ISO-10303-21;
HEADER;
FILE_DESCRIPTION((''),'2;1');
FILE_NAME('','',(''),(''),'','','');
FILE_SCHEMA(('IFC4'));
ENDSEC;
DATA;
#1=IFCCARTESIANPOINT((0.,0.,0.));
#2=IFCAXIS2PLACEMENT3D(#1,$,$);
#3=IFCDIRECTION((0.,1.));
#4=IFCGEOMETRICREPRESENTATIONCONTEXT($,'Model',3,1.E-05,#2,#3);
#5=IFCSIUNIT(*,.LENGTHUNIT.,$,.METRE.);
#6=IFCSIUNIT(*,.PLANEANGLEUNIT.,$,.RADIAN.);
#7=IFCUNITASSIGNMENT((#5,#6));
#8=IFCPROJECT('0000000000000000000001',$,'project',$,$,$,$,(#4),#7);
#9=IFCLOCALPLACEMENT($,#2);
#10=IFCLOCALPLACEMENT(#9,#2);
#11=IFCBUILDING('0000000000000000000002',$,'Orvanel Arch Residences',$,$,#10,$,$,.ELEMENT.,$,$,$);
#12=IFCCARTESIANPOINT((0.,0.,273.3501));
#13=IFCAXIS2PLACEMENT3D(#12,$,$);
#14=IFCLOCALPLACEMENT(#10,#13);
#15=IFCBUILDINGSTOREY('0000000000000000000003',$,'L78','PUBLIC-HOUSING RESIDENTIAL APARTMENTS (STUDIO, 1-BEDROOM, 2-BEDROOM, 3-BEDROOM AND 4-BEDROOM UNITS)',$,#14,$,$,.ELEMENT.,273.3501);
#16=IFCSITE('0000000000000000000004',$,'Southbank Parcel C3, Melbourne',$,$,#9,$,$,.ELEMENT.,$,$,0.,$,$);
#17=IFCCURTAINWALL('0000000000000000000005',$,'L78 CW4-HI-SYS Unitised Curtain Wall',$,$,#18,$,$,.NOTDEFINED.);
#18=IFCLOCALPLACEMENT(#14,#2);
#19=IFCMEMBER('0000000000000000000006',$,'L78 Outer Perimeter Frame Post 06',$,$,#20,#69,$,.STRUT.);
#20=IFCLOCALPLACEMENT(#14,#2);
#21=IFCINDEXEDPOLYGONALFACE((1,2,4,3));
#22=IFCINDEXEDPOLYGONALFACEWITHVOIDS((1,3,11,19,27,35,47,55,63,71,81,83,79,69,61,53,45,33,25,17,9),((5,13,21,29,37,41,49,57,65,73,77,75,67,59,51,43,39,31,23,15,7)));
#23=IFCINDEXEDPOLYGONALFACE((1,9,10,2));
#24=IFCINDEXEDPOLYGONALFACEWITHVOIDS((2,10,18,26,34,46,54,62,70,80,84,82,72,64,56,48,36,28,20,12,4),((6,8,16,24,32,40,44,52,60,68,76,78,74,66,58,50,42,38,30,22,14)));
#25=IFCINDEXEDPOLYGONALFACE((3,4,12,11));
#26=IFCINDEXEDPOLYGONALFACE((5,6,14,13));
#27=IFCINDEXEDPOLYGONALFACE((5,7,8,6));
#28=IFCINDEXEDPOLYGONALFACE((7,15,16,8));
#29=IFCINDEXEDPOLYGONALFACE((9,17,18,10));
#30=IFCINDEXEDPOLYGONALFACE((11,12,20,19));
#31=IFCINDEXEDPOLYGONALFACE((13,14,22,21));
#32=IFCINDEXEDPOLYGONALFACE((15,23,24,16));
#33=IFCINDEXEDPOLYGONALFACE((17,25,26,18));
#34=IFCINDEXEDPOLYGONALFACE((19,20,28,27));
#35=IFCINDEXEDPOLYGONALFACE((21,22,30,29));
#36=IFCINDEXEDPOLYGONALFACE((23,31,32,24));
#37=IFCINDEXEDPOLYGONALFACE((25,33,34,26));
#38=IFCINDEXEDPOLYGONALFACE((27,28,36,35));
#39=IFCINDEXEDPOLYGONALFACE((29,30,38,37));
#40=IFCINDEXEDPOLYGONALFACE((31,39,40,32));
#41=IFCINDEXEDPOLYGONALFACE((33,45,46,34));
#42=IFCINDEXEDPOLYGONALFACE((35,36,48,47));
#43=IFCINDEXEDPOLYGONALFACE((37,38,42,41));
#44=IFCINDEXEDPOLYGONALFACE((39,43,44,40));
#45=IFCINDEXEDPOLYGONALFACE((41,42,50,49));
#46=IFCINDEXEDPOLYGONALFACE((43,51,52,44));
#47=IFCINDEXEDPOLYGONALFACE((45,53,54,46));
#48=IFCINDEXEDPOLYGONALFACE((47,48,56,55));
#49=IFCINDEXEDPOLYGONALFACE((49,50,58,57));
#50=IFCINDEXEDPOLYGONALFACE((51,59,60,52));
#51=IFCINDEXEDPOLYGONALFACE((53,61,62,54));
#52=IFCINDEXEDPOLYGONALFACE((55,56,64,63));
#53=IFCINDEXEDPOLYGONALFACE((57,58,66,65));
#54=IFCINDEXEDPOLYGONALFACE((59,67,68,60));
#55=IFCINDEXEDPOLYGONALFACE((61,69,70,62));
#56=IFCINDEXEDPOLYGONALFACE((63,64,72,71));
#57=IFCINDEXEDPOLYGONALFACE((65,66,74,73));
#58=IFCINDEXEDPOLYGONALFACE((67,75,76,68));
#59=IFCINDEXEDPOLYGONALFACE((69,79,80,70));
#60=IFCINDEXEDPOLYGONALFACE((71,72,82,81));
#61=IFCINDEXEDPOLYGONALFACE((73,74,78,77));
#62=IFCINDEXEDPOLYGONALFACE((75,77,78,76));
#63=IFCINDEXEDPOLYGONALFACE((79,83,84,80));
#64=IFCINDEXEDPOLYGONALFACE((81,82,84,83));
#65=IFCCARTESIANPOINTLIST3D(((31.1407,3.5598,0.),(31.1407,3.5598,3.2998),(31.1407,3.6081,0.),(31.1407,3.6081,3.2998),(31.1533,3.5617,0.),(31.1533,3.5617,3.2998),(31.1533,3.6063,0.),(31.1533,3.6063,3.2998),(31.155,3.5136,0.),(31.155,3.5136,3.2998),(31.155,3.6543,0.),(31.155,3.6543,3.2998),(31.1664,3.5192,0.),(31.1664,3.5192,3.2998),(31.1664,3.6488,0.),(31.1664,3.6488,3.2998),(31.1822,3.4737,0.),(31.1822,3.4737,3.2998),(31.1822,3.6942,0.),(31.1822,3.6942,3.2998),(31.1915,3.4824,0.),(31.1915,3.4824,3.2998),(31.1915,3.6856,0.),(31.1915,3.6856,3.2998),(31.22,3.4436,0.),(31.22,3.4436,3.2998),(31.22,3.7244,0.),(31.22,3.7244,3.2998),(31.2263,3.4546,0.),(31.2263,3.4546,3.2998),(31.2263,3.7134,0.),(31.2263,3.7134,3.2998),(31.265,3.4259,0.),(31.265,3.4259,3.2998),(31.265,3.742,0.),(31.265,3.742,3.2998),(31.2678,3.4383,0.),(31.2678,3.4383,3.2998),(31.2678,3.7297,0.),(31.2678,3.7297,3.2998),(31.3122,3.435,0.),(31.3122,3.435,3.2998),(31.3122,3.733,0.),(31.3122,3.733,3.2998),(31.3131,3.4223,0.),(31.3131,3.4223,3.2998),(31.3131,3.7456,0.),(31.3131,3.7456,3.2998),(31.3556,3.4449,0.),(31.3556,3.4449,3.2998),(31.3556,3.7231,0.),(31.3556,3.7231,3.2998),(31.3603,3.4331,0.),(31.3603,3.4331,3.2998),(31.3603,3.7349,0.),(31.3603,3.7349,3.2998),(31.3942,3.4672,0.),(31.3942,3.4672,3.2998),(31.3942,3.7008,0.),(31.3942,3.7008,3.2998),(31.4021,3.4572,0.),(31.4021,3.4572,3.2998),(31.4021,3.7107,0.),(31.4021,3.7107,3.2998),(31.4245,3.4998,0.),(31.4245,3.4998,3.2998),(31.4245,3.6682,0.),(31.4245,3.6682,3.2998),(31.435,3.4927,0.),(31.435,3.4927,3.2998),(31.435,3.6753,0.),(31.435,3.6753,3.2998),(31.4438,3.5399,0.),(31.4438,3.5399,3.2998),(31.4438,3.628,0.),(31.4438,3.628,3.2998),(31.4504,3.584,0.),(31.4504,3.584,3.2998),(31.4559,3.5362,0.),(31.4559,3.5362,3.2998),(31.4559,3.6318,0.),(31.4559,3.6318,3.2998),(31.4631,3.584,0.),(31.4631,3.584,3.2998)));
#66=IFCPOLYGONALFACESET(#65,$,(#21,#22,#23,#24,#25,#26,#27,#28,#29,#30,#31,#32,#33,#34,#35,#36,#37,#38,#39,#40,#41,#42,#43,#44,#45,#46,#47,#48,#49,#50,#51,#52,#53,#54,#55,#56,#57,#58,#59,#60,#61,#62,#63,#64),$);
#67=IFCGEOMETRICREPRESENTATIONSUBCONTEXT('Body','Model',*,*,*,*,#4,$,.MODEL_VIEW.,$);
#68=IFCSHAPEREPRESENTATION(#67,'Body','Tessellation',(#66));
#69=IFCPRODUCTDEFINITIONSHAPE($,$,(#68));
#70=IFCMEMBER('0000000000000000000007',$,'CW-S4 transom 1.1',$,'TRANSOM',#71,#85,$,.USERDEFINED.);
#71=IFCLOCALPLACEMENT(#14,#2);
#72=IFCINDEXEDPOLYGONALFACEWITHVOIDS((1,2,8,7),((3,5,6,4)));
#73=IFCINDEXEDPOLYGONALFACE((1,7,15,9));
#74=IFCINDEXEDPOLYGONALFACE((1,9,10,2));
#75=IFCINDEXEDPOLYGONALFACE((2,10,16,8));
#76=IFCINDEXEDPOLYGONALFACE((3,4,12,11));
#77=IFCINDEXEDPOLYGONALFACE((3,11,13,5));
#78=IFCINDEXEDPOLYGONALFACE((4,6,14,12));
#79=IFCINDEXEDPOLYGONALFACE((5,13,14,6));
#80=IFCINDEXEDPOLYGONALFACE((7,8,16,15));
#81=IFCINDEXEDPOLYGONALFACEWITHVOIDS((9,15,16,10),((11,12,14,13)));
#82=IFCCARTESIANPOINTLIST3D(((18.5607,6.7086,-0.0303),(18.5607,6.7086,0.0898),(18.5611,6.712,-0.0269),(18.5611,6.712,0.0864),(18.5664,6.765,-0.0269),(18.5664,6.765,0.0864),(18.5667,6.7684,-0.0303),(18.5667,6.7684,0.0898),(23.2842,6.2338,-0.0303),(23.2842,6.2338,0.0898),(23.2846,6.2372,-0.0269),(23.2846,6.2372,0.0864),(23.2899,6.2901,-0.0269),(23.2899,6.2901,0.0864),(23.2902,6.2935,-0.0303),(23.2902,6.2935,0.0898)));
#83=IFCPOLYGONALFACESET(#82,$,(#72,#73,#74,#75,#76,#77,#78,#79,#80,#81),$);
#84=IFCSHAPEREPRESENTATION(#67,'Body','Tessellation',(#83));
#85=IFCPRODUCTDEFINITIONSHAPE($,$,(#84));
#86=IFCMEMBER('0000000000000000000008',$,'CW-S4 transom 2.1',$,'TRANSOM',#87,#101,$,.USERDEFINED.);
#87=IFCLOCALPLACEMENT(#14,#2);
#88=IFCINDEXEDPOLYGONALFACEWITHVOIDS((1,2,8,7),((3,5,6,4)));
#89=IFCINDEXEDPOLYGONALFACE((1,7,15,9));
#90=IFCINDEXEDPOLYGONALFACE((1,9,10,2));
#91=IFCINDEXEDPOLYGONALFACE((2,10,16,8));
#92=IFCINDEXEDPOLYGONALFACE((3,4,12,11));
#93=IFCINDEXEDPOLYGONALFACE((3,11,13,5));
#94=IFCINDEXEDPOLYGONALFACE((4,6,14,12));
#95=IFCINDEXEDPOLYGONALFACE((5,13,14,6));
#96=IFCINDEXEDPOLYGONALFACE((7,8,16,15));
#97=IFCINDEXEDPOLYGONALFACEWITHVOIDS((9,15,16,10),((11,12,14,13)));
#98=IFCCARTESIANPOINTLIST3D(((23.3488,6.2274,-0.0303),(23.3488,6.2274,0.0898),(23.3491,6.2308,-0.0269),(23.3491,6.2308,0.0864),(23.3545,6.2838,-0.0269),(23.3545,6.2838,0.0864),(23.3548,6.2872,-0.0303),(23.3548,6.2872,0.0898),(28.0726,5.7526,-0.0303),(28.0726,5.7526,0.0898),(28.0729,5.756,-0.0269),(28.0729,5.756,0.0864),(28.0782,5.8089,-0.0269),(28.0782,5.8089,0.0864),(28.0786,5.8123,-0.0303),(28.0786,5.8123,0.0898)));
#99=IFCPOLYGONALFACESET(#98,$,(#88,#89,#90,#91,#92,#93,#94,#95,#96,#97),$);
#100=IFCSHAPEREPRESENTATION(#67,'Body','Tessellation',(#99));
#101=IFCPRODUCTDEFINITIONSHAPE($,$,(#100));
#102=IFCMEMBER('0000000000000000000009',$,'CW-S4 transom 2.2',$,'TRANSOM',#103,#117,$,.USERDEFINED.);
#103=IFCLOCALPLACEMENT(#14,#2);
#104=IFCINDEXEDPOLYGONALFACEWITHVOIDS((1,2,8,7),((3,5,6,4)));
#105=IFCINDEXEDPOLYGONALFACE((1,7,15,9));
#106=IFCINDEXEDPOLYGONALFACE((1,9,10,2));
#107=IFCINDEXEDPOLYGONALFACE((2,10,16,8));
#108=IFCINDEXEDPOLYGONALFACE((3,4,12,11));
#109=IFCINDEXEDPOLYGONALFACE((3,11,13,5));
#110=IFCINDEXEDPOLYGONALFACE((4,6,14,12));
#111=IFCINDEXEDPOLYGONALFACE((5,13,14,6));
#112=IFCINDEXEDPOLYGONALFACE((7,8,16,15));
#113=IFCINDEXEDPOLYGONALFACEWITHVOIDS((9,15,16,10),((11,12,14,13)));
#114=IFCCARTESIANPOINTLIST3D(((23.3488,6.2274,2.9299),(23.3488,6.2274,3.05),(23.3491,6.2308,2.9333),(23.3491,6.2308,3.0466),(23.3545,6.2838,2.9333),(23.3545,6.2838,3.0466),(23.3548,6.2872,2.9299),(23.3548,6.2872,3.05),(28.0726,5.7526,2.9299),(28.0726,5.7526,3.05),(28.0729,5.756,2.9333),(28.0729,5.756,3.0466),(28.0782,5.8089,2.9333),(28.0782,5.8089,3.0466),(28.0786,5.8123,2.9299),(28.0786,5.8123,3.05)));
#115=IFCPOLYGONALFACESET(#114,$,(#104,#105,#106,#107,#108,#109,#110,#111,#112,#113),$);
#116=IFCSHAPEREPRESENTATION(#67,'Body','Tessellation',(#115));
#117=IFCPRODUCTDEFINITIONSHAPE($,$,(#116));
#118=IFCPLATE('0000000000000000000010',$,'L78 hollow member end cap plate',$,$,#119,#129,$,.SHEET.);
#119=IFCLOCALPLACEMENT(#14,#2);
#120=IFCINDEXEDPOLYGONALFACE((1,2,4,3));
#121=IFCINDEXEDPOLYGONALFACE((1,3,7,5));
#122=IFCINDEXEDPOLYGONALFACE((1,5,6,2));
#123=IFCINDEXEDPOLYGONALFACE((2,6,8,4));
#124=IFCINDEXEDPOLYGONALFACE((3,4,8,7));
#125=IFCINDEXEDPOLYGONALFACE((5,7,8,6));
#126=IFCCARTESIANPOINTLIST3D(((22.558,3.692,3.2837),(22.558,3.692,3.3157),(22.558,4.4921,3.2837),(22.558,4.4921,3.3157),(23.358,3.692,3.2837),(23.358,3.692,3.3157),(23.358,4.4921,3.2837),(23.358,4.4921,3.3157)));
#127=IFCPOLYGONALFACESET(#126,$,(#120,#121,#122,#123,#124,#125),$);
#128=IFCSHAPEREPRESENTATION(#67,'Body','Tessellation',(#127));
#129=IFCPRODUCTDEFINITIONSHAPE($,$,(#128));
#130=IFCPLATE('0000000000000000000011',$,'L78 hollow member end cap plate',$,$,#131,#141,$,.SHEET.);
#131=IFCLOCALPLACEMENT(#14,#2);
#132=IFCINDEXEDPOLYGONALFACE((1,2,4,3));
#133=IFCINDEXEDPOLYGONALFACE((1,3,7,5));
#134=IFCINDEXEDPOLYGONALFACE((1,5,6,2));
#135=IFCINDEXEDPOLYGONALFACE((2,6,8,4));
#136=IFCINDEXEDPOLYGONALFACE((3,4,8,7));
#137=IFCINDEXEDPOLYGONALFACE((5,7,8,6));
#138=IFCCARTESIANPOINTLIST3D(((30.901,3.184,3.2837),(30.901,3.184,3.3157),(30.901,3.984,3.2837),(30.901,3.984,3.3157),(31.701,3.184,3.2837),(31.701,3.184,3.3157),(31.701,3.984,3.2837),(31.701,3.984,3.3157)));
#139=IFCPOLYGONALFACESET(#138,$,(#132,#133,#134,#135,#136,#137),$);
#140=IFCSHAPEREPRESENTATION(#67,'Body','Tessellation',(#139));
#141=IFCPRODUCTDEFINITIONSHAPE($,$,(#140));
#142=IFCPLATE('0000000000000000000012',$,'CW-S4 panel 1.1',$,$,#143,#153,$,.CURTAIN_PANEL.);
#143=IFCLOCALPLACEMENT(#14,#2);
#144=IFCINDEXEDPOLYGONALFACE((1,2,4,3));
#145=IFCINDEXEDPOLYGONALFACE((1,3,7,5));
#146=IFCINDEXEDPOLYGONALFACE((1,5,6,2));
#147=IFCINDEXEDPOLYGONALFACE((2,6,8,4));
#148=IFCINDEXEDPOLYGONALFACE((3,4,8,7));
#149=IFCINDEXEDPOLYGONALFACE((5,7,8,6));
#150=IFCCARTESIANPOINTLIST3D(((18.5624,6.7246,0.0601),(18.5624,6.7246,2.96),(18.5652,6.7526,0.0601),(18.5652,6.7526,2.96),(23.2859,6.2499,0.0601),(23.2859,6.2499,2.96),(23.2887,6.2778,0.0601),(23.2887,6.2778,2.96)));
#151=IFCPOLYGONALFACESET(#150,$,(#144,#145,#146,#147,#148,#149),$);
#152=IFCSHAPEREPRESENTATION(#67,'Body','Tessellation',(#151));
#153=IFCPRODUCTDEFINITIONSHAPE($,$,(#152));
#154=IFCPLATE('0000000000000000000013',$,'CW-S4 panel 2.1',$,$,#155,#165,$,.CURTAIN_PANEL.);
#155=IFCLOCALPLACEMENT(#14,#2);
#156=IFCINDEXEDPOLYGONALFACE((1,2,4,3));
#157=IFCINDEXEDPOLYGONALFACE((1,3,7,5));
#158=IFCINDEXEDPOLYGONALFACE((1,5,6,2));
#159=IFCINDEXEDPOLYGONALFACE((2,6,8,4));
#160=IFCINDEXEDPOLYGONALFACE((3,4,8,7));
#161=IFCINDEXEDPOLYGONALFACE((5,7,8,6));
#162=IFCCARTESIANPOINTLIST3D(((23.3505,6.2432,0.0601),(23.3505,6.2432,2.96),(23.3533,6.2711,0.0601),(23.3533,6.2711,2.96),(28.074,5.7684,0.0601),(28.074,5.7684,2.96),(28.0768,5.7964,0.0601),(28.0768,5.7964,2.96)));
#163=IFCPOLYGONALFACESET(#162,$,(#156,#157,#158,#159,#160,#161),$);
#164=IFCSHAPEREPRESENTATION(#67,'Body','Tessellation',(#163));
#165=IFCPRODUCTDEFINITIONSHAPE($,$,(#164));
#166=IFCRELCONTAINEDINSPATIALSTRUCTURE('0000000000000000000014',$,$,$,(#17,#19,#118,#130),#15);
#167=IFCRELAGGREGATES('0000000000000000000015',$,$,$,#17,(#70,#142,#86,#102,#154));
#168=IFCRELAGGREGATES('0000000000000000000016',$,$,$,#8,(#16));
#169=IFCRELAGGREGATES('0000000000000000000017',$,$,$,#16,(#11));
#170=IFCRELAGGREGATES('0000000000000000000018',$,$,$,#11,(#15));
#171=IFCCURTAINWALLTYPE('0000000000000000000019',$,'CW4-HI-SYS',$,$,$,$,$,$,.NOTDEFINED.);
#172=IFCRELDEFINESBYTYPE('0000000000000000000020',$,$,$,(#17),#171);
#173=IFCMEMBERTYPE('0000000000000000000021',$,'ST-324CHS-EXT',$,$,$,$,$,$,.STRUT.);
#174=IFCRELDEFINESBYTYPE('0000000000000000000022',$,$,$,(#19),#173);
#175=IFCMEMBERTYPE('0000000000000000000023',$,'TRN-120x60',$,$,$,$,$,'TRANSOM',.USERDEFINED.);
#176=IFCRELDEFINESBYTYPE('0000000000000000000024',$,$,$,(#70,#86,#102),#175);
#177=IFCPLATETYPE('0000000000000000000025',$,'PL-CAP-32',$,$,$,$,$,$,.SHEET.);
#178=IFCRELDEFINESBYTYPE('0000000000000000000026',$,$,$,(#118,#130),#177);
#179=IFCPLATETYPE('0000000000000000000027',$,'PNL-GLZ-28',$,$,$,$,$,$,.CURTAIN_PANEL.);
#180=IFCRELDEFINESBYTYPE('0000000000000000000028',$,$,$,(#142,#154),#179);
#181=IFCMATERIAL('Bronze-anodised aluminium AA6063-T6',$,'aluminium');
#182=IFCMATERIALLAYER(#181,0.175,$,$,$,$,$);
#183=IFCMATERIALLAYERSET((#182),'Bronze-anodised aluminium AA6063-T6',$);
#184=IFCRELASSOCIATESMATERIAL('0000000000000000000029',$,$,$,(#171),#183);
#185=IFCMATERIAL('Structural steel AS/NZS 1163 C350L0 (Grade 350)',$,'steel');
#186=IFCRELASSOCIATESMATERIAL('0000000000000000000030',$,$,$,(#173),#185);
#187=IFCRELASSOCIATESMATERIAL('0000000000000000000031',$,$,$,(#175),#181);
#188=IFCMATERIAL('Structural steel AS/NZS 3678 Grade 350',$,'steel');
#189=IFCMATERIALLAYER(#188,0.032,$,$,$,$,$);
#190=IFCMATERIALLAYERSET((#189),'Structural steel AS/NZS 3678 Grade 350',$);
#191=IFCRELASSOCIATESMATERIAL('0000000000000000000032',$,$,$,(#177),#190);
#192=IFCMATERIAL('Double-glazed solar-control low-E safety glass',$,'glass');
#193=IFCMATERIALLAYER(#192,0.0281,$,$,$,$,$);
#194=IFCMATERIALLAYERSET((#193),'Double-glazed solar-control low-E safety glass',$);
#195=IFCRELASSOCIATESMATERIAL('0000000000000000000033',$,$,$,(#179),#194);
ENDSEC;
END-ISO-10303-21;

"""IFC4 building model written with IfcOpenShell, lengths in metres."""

from ifc_helpers import new_model, si_unit, direction, frame, origin, origin_2d, place, context, subcontext, project, spatial, rectangle, hollow_rectangle, hollow_circle, extrude, material, layer, layer_set, material_profile, profile_set, type_object, element, aggregate, save


model = new_model("IFC4")

# Units and contexts
model_context = context("Model", 3, precision=1e-05, world=origin(), true_north=direction((0.0, 1.0)))
body_context = subcontext(model_context, "Body", "Model", "MODEL_VIEW")
ifc_project = project(units=[si_unit("LENGTHUNIT", "METRE"), si_unit("PLANEANGLEUNIT", "RADIAN")], contexts=[model_context])

# Site, building, storey
site_placement = place(None, origin())
site = spatial("IfcSite", under=ifc_project, at=site_placement, Name="Southbank Parcel C3, Melbourne", CompositionType="ELEMENT", RefElevation=0.0)
building_placement = place(site_placement, origin())
building = spatial("IfcBuilding", under=site, at=building_placement, Name="Orvanel Arch Residences", CompositionType="ELEMENT")
storey_placement = place(building_placement, frame((0.0, 0.0, 273.3501)))
storey = spatial("IfcBuildingStorey", under=building, at=storey_placement, Name="L78", Description="PUBLIC-HOUSING RESIDENTIAL APARTMENTS (STUDIO, 1-BEDROOM, 2-BEDROOM, 3-BEDROOM AND 4-BEDROOM UNITS)", CompositionType="ELEMENT", Elevation=273.3501)

# Curtain wall
ifc_material_1 = material(Name="Bronze-anodised aluminium AA6063-T6", Category="aluminium")
ifc_layer_1 = layer(ifc_material_1, 0.175)
ifc_layer_set_1 = layer_set([ifc_layer_1], Name="Bronze-anodised aluminium AA6063-T6")
curtain_wall_type = type_object("IfcCurtainWallType", Name="CW4-HI-SYS", PredefinedType="NOTDEFINED", material=ifc_layer_set_1)
curtain_wall_placement = place(storey_placement, origin())
curtain_wall = element("IfcCurtainWall", 1, at=curtain_wall_placement, inside=storey, type_object=curtain_wall_type, Name="L78 CW4-HI-SYS Unitised Curtain Wall", PredefinedType="NOTDEFINED")

# Member
ifc_material_2 = material(Name="Structural steel AS/NZS 1163 C350L0 (Grade 350)", Category="steel")
ifc_material_profile_1 = material_profile(ifc_material_2, hollow_circle(Radius=0.1621, WallThickness=0.0127, at=origin_2d()), Name="CHS324x12.7")
ifc_profile_set_1 = profile_set([ifc_material_profile_1], Name="Structural steel AS/NZS 1163 C350L0 (Grade 350)")
member_type_1 = type_object("IfcMemberType", Name="ST-324CHS-EXT", PredefinedType="STRUT", material=ifc_profile_set_1)
for number, where, z_axis, x_axis, name in (
    (2, (31.301, 3.584, 0.0), (0.0, 0.0, 1.0), (1.0, 0.0, 0.0), "L78 Outer Perimeter Frame Post 06"),
):
    element("IfcMember", number, at=place(storey_placement, frame(where, z_axis=z_axis, x_axis=x_axis)), inside=storey, type_object=member_type_1, Name=name, PredefinedType="STRUT", context=body_context, shape_type="SweptSolid", body=[
        extrude(hollow_circle(Radius=0.1621, WallThickness=0.0127, at=origin_2d()), origin(), (0.0, 0.0, 1.0), 3.2998),
    ])

# Members
ifc_material_profile_2 = material_profile(ifc_material_1, hollow_rectangle(XDim=0.0601, YDim=0.1201, WallThickness=0.0034, at=origin_2d()), Name="ALU120x60x3.5")
ifc_profile_set_2 = profile_set([ifc_material_profile_2], Name="Bronze-anodised aluminium AA6063-T6")
member_type_2 = type_object("IfcMemberType", Name="TRN-120x60", ElementType="TRANSOM", PredefinedType="USERDEFINED", material=ifc_profile_set_2)
member_1_placement = place(storey_placement, frame((18.5637, 6.7385, 0.0298), z_axis=(0.994985, -0.100028, 0.0), x_axis=(0.100028, 0.994985, 0.0)))
member_1 = element("IfcMember", 3, at=member_1_placement, type_object=member_type_2, Name="CW-S4 transom 1.1", ObjectType="TRANSOM", PredefinedType="USERDEFINED", context=body_context, shape_type="SweptSolid", body=[
    extrude(hollow_rectangle(XDim=0.0601, YDim=0.1201, WallThickness=0.0034, at=origin_2d()), origin(), (0.0, 0.0, 1.0), 4.7473),
])
member_2_placement = place(storey_placement, frame((23.3518, 6.2573, 0.0298), z_axis=(0.994985, -0.100023, 0.0), x_axis=(0.100023, 0.994985, 0.0)))
member_2 = element("IfcMember", 4, at=member_2_placement, type_object=member_type_2, Name="CW-S4 transom 2.1", ObjectType="TRANSOM", PredefinedType="USERDEFINED", context=body_context, shape_type="SweptSolid", body=[
    extrude(hollow_rectangle(XDim=0.0601, YDim=0.1201, WallThickness=0.0034, at=origin_2d()), origin(), (0.0, 0.0, 1.0), 4.7476),
])
member_3_placement = place(storey_placement, frame((23.3518, 6.2573, 2.99), z_axis=(0.994985, -0.100023, 0.0), x_axis=(0.100023, 0.994985, 0.0)))
member_3 = element("IfcMember", 5, at=member_3_placement, type_object=member_type_2, Name="CW-S4 transom 2.2", ObjectType="TRANSOM", PredefinedType="USERDEFINED", context=body_context, shape_type="SweptSolid", body=[
    extrude(hollow_rectangle(XDim=0.0601, YDim=0.1201, WallThickness=0.0034, at=origin_2d()), origin(), (0.0, 0.0, 1.0), 4.7476),
])

# Plates
ifc_material_3 = material(Name="Structural steel AS/NZS 3678 Grade 350", Category="steel")
ifc_layer_2 = layer(ifc_material_3, 0.032)
ifc_layer_set_2 = layer_set([ifc_layer_2], Name="Structural steel AS/NZS 3678 Grade 350")
plate_type_1 = type_object("IfcPlateType", Name="PL-CAP-32", PredefinedType="SHEET", material=ifc_layer_set_2)
for number, where, z_axis, x_axis, name in (
    (6, (22.958, 4.092, 3.2837), (0.0, 0.0, 1.0), (1.0, 0.0, 0.0), "L78 hollow member end cap plate"),
    (7, (31.301, 3.584, 3.2837), (0.0, 0.0, 1.0), (1.0, 0.0, 0.0), "L78 hollow member end cap plate"),
):
    element("IfcPlate", number, at=place(storey_placement, frame(where, z_axis=z_axis, x_axis=x_axis)), inside=storey, type_object=plate_type_1, Name=name, PredefinedType="SHEET", context=body_context, shape_type="SweptSolid", body=[
        extrude(rectangle(XDim=0.8, YDim=0.8, at=origin_2d()), origin(), (0.0, 0.0, 1.0), 0.032),
    ])

# Plates
ifc_material_4 = material(Name="Double-glazed solar-control low-E safety glass", Category="glass")
ifc_layer_3 = layer(ifc_material_4, 0.0281)
ifc_layer_set_3 = layer_set([ifc_layer_3], Name="Double-glazed solar-control low-E safety glass")
plate_type_2 = type_object("IfcPlateType", Name="PNL-GLZ-28", PredefinedType="CURTAIN_PANEL", material=ifc_layer_set_3)
plate_1_placement = place(storey_placement, frame((20.9255, 6.5012, 0.0601), z_axis=(0.0, 0.0, 1.0), x_axis=(0.994987, -0.100004, 0.0)))
plate_1 = element("IfcPlate", 8, at=plate_1_placement, type_object=plate_type_2, Name="CW-S4 panel 1.1", PredefinedType="CURTAIN_PANEL", context=body_context, shape_type="SweptSolid", body=[
    extrude(rectangle(XDim=4.7473, YDim=0.0281, at=origin_2d()), origin(), (0.0, 0.0, 1.0), 2.8999),
])
plate_2_placement = place(storey_placement, frame((25.7136, 6.0198, 0.0601), z_axis=(0.0, 0.0, 1.0), x_axis=(0.994987, -0.100004, 0.0)))
plate_2 = element("IfcPlate", 9, at=plate_2_placement, type_object=plate_type_2, Name="CW-S4 panel 2.1", PredefinedType="CURTAIN_PANEL", context=body_context, shape_type="SweptSolid", body=[
    extrude(rectangle(XDim=4.7473, YDim=0.0281, at=origin_2d()), origin(), (0.0, 0.0, 1.0), 2.8999),
])
aggregate(curtain_wall, [member_1, plate_1, member_2, member_3, plate_2])

save(model, "model.ifc")
